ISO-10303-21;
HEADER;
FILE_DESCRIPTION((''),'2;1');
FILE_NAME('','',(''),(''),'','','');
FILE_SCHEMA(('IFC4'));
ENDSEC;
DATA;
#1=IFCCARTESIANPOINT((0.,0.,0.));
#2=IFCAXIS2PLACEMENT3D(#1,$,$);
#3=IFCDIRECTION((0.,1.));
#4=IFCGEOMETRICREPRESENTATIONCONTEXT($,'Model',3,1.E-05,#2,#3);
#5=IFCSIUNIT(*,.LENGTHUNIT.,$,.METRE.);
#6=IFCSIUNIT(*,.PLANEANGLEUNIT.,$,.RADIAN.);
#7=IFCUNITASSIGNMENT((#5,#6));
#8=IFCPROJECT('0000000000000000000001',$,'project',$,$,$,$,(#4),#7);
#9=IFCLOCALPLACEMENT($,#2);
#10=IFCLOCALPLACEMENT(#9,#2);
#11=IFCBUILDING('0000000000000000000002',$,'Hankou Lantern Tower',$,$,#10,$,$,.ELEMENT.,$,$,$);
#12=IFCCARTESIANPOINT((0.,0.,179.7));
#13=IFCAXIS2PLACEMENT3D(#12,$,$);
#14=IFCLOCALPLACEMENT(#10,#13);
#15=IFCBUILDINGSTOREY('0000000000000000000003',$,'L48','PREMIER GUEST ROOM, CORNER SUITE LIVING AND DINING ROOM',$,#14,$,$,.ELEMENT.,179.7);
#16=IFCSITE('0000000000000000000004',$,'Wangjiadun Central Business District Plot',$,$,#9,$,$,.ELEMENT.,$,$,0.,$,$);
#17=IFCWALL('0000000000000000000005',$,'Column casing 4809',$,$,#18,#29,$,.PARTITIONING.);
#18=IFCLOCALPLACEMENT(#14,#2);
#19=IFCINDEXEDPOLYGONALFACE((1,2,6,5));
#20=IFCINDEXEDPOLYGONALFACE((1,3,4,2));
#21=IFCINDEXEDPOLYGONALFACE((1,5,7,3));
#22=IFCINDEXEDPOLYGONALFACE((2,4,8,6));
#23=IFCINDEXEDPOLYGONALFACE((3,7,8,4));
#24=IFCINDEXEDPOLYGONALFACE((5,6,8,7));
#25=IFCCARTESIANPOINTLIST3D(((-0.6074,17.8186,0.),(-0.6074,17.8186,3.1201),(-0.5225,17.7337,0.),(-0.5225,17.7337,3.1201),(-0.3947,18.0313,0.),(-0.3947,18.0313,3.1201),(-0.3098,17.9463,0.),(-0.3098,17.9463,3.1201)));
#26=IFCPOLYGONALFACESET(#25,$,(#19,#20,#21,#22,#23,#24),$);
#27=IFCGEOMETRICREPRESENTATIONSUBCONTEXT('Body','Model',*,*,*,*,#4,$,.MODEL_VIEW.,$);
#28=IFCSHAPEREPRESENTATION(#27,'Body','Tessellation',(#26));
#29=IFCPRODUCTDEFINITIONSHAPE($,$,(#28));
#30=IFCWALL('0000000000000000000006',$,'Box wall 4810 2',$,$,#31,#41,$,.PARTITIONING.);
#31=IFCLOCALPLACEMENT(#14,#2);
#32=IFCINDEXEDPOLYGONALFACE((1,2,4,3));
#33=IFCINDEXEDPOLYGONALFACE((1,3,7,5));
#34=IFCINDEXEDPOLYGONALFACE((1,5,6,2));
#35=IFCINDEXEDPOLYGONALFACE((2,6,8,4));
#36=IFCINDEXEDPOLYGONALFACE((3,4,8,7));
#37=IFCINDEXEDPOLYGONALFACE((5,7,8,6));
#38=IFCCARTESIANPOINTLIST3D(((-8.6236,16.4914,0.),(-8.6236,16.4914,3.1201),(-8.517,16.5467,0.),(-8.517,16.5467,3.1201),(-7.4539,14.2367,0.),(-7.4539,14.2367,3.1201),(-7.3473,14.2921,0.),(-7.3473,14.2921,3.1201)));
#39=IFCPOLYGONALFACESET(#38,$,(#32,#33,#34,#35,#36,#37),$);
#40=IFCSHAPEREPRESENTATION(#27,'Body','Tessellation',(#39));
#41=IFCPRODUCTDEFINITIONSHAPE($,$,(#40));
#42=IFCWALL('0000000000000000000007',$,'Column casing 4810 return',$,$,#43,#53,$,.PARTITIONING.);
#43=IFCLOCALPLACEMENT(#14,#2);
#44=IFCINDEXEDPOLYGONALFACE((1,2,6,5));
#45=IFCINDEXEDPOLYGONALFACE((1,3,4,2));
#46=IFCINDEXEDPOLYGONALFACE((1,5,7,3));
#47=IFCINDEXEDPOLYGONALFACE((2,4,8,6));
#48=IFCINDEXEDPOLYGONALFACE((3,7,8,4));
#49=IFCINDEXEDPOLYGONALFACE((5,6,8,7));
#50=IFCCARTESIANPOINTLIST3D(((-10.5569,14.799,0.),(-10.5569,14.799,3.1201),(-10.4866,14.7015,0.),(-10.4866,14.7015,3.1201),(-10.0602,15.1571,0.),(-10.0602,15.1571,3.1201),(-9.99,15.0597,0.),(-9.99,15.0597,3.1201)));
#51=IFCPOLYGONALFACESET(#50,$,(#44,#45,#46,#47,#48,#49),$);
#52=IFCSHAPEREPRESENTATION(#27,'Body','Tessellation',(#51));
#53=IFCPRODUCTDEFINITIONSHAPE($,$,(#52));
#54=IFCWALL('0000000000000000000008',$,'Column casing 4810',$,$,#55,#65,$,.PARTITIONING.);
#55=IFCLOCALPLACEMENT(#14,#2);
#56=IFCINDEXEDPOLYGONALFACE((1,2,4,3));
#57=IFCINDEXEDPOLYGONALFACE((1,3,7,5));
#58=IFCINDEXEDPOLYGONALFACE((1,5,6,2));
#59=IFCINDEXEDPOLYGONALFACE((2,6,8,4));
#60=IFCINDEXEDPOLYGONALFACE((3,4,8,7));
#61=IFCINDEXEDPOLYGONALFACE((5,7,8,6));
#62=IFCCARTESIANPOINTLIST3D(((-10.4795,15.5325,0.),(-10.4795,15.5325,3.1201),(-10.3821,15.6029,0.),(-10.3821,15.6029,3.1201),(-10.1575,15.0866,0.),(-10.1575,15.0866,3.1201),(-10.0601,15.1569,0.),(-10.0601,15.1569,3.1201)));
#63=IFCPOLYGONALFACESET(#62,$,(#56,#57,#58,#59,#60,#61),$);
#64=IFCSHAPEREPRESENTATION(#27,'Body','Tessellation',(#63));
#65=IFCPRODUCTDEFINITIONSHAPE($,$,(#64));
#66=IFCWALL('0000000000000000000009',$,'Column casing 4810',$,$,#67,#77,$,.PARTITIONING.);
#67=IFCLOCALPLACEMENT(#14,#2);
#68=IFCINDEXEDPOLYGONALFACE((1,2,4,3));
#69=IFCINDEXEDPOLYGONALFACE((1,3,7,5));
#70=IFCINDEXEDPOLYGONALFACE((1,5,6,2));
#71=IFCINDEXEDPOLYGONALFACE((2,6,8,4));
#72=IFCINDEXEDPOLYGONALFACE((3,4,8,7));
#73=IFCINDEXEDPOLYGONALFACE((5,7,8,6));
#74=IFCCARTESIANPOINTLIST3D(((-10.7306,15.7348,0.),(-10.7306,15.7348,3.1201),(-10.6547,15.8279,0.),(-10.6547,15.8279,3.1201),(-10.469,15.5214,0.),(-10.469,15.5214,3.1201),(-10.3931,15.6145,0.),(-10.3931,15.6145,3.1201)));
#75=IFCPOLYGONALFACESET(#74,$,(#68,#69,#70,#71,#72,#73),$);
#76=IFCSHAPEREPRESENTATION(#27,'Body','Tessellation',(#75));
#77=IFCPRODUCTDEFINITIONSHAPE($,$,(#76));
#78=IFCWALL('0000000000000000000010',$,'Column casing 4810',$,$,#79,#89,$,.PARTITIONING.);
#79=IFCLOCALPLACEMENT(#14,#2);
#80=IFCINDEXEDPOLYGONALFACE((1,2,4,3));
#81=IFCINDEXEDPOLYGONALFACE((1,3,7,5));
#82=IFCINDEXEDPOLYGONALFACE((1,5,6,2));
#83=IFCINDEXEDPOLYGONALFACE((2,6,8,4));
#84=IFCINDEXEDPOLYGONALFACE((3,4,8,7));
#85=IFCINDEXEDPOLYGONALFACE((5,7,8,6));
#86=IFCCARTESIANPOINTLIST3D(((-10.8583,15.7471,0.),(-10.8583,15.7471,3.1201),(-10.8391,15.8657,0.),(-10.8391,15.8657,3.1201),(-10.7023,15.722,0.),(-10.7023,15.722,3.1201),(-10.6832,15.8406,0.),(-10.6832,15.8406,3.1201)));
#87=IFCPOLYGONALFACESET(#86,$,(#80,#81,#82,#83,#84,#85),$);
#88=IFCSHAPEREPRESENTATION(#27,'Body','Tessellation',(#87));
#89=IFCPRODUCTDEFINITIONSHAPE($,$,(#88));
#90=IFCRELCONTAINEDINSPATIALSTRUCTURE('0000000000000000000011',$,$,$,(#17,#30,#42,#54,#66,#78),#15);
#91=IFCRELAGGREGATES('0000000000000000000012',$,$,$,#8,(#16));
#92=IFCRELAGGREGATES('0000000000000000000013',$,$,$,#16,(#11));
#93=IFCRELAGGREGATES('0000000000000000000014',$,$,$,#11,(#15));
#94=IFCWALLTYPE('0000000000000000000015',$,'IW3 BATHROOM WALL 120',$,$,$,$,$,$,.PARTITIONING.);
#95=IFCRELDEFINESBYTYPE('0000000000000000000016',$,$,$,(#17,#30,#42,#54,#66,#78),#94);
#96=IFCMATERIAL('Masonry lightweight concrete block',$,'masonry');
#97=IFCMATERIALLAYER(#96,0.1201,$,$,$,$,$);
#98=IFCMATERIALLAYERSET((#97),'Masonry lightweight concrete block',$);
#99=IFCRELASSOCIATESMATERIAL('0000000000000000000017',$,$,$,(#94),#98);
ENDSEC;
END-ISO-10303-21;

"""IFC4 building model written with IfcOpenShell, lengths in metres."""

from ifc_helpers import new_model, si_unit, direction, frame, frame_2d, origin, place, context, subcontext, project, spatial, rectangle, extrude, material, layer, layer_set, type_object, element, save


model = new_model("IFC4")

# Units and contexts
model_context = context("Model", 3, precision=1e-05, world=origin(), true_north=direction((0.0, 1.0)))
body_context = subcontext(model_context, "Body", "Model", "MODEL_VIEW")
ifc_project = project(units=[si_unit("LENGTHUNIT", "METRE"), si_unit("PLANEANGLEUNIT", "RADIAN")], contexts=[model_context])

# Site, building, storey
site_placement = place(None, origin())
site = spatial("IfcSite", under=ifc_project, at=site_placement, Name="Wangjiadun Central Business District Plot", CompositionType="ELEMENT", RefElevation=0.0)
building_placement = place(site_placement, origin())
building = spatial("IfcBuilding", under=site, at=building_placement, Name="Hankou Lantern Tower", CompositionType="ELEMENT")
storey_placement = place(building_placement, frame((0.0, 0.0, 179.7)))
storey = spatial("IfcBuildingStorey", under=building, at=storey_placement, Name="L48", Description="PREMIER GUEST ROOM, CORNER SUITE LIVING AND DINING ROOM", CompositionType="ELEMENT", Elevation=179.7)

# Shared definitions
ifc_material_1 = material(Name="Masonry lightweight concrete block", Category="masonry")
ifc_layer_1 = layer(ifc_material_1, 0.1201)
ifc_layer_set_1 = layer_set([ifc_layer_1], Name="Masonry lightweight concrete block")
wall_type_1 = type_object("IfcWallType", Name="IW3 BATHROOM WALL 120", PredefinedType="PARTITIONING", material=ifc_layer_set_1)

# Walls
wall_1_placement = place(storey_placement, frame((-0.5649, 17.7761, 0.0), z_axis=(0.0, 0.0, 1.0), x_axis=(0.707107, 0.707107, 0.0)))
element("IfcWall", 1, at=wall_1_placement, inside=storey, type_object=wall_type_1, Name="Column casing 4809", PredefinedType="PARTITIONING", context=body_context, shape_type="SweptSolid", body=[
    extrude(rectangle(XDim=0.3008, YDim=0.1201, at=frame_2d((0.1504, 0.0))), origin(), (0.0, 0.0, 1.0), 3.1201),
])
wall_2_placement = place(storey_placement, frame((-7.4006, 14.2644, 0.0), z_axis=(0.0, 0.0, 1.0), x_axis=(-0.460505, 0.887657, 0.0)))
element("IfcWall", 2, at=wall_2_placement, inside=storey, type_object=wall_type_1, Name="Box wall 4810 2", PredefinedType="PARTITIONING", context=body_context, shape_type="SweptSolid", body=[
    extrude(rectangle(XDim=2.54, YDim=0.1201, at=frame_2d((1.27, 0.0))), origin(), (0.0, 0.0, 1.0), 3.1201),
])
wall_3_placement = place(storey_placement, frame((-10.5217, 14.7502, 0.0), z_axis=(0.0, 0.0, 1.0), x_axis=(0.811058, 0.584966, 0.0)))
element("IfcWall", 3, at=wall_3_placement, inside=storey, type_object=wall_type_1, Name="Column casing 4810 return", PredefinedType="PARTITIONING", context=body_context, shape_type="SweptSolid", body=[
    extrude(rectangle(XDim=0.6123, YDim=0.1201, at=frame_2d((0.3062, 0.0))), origin(), (0.0, 0.0, 1.0), 3.1201),
])
wall_4_placement = place(storey_placement, frame((-10.1089, 15.1218, 0.0), z_axis=(0.0, 0.0, 1.0), x_axis=(-0.585345, 0.810785, 0.0)))
element("IfcWall", 4, at=wall_4_placement, inside=storey, type_object=wall_type_1, Name="Column casing 4810", PredefinedType="PARTITIONING", context=body_context, shape_type="SweptSolid", body=[
    extrude(rectangle(XDim=0.55, YDim=0.1201, at=frame_2d((0.2749, 0.0))), origin(), (0.0, 0.0, 1.0), 3.1201),
])
wall_5_placement = place(storey_placement, frame((-10.4309, 15.5679, 0.0), z_axis=(0.0, 0.0, 1.0), x_axis=(-0.775051, 0.631898, 0.0)))
element("IfcWall", 5, at=wall_5_placement, inside=storey, type_object=wall_type_1, Name="Column casing 4810", PredefinedType="PARTITIONING", context=body_context, shape_type="SweptSolid", body=[
    extrude(rectangle(XDim=0.3376, YDim=0.1201, at=frame_2d((0.1689, 0.0))), origin(), (0.0, 0.0, 1.0), 3.1201),
])
wall_6_placement = place(storey_placement, frame((-10.6926, 15.7812, 0.0), z_axis=(0.0, 0.0, 1.0), x_axis=(-0.987257, 0.159135, 0.0)))
element("IfcWall", 6, at=wall_6_placement, inside=storey, type_object=wall_type_1, Name="Column casing 4810", PredefinedType="PARTITIONING", context=body_context, shape_type="SweptSolid", body=[
    extrude(rectangle(XDim=0.158, YDim=0.1201, at=frame_2d((0.0791, 0.0))), origin(), (0.0, 0.0, 1.0), 3.1201),
])

save(model, "model.ifc")
